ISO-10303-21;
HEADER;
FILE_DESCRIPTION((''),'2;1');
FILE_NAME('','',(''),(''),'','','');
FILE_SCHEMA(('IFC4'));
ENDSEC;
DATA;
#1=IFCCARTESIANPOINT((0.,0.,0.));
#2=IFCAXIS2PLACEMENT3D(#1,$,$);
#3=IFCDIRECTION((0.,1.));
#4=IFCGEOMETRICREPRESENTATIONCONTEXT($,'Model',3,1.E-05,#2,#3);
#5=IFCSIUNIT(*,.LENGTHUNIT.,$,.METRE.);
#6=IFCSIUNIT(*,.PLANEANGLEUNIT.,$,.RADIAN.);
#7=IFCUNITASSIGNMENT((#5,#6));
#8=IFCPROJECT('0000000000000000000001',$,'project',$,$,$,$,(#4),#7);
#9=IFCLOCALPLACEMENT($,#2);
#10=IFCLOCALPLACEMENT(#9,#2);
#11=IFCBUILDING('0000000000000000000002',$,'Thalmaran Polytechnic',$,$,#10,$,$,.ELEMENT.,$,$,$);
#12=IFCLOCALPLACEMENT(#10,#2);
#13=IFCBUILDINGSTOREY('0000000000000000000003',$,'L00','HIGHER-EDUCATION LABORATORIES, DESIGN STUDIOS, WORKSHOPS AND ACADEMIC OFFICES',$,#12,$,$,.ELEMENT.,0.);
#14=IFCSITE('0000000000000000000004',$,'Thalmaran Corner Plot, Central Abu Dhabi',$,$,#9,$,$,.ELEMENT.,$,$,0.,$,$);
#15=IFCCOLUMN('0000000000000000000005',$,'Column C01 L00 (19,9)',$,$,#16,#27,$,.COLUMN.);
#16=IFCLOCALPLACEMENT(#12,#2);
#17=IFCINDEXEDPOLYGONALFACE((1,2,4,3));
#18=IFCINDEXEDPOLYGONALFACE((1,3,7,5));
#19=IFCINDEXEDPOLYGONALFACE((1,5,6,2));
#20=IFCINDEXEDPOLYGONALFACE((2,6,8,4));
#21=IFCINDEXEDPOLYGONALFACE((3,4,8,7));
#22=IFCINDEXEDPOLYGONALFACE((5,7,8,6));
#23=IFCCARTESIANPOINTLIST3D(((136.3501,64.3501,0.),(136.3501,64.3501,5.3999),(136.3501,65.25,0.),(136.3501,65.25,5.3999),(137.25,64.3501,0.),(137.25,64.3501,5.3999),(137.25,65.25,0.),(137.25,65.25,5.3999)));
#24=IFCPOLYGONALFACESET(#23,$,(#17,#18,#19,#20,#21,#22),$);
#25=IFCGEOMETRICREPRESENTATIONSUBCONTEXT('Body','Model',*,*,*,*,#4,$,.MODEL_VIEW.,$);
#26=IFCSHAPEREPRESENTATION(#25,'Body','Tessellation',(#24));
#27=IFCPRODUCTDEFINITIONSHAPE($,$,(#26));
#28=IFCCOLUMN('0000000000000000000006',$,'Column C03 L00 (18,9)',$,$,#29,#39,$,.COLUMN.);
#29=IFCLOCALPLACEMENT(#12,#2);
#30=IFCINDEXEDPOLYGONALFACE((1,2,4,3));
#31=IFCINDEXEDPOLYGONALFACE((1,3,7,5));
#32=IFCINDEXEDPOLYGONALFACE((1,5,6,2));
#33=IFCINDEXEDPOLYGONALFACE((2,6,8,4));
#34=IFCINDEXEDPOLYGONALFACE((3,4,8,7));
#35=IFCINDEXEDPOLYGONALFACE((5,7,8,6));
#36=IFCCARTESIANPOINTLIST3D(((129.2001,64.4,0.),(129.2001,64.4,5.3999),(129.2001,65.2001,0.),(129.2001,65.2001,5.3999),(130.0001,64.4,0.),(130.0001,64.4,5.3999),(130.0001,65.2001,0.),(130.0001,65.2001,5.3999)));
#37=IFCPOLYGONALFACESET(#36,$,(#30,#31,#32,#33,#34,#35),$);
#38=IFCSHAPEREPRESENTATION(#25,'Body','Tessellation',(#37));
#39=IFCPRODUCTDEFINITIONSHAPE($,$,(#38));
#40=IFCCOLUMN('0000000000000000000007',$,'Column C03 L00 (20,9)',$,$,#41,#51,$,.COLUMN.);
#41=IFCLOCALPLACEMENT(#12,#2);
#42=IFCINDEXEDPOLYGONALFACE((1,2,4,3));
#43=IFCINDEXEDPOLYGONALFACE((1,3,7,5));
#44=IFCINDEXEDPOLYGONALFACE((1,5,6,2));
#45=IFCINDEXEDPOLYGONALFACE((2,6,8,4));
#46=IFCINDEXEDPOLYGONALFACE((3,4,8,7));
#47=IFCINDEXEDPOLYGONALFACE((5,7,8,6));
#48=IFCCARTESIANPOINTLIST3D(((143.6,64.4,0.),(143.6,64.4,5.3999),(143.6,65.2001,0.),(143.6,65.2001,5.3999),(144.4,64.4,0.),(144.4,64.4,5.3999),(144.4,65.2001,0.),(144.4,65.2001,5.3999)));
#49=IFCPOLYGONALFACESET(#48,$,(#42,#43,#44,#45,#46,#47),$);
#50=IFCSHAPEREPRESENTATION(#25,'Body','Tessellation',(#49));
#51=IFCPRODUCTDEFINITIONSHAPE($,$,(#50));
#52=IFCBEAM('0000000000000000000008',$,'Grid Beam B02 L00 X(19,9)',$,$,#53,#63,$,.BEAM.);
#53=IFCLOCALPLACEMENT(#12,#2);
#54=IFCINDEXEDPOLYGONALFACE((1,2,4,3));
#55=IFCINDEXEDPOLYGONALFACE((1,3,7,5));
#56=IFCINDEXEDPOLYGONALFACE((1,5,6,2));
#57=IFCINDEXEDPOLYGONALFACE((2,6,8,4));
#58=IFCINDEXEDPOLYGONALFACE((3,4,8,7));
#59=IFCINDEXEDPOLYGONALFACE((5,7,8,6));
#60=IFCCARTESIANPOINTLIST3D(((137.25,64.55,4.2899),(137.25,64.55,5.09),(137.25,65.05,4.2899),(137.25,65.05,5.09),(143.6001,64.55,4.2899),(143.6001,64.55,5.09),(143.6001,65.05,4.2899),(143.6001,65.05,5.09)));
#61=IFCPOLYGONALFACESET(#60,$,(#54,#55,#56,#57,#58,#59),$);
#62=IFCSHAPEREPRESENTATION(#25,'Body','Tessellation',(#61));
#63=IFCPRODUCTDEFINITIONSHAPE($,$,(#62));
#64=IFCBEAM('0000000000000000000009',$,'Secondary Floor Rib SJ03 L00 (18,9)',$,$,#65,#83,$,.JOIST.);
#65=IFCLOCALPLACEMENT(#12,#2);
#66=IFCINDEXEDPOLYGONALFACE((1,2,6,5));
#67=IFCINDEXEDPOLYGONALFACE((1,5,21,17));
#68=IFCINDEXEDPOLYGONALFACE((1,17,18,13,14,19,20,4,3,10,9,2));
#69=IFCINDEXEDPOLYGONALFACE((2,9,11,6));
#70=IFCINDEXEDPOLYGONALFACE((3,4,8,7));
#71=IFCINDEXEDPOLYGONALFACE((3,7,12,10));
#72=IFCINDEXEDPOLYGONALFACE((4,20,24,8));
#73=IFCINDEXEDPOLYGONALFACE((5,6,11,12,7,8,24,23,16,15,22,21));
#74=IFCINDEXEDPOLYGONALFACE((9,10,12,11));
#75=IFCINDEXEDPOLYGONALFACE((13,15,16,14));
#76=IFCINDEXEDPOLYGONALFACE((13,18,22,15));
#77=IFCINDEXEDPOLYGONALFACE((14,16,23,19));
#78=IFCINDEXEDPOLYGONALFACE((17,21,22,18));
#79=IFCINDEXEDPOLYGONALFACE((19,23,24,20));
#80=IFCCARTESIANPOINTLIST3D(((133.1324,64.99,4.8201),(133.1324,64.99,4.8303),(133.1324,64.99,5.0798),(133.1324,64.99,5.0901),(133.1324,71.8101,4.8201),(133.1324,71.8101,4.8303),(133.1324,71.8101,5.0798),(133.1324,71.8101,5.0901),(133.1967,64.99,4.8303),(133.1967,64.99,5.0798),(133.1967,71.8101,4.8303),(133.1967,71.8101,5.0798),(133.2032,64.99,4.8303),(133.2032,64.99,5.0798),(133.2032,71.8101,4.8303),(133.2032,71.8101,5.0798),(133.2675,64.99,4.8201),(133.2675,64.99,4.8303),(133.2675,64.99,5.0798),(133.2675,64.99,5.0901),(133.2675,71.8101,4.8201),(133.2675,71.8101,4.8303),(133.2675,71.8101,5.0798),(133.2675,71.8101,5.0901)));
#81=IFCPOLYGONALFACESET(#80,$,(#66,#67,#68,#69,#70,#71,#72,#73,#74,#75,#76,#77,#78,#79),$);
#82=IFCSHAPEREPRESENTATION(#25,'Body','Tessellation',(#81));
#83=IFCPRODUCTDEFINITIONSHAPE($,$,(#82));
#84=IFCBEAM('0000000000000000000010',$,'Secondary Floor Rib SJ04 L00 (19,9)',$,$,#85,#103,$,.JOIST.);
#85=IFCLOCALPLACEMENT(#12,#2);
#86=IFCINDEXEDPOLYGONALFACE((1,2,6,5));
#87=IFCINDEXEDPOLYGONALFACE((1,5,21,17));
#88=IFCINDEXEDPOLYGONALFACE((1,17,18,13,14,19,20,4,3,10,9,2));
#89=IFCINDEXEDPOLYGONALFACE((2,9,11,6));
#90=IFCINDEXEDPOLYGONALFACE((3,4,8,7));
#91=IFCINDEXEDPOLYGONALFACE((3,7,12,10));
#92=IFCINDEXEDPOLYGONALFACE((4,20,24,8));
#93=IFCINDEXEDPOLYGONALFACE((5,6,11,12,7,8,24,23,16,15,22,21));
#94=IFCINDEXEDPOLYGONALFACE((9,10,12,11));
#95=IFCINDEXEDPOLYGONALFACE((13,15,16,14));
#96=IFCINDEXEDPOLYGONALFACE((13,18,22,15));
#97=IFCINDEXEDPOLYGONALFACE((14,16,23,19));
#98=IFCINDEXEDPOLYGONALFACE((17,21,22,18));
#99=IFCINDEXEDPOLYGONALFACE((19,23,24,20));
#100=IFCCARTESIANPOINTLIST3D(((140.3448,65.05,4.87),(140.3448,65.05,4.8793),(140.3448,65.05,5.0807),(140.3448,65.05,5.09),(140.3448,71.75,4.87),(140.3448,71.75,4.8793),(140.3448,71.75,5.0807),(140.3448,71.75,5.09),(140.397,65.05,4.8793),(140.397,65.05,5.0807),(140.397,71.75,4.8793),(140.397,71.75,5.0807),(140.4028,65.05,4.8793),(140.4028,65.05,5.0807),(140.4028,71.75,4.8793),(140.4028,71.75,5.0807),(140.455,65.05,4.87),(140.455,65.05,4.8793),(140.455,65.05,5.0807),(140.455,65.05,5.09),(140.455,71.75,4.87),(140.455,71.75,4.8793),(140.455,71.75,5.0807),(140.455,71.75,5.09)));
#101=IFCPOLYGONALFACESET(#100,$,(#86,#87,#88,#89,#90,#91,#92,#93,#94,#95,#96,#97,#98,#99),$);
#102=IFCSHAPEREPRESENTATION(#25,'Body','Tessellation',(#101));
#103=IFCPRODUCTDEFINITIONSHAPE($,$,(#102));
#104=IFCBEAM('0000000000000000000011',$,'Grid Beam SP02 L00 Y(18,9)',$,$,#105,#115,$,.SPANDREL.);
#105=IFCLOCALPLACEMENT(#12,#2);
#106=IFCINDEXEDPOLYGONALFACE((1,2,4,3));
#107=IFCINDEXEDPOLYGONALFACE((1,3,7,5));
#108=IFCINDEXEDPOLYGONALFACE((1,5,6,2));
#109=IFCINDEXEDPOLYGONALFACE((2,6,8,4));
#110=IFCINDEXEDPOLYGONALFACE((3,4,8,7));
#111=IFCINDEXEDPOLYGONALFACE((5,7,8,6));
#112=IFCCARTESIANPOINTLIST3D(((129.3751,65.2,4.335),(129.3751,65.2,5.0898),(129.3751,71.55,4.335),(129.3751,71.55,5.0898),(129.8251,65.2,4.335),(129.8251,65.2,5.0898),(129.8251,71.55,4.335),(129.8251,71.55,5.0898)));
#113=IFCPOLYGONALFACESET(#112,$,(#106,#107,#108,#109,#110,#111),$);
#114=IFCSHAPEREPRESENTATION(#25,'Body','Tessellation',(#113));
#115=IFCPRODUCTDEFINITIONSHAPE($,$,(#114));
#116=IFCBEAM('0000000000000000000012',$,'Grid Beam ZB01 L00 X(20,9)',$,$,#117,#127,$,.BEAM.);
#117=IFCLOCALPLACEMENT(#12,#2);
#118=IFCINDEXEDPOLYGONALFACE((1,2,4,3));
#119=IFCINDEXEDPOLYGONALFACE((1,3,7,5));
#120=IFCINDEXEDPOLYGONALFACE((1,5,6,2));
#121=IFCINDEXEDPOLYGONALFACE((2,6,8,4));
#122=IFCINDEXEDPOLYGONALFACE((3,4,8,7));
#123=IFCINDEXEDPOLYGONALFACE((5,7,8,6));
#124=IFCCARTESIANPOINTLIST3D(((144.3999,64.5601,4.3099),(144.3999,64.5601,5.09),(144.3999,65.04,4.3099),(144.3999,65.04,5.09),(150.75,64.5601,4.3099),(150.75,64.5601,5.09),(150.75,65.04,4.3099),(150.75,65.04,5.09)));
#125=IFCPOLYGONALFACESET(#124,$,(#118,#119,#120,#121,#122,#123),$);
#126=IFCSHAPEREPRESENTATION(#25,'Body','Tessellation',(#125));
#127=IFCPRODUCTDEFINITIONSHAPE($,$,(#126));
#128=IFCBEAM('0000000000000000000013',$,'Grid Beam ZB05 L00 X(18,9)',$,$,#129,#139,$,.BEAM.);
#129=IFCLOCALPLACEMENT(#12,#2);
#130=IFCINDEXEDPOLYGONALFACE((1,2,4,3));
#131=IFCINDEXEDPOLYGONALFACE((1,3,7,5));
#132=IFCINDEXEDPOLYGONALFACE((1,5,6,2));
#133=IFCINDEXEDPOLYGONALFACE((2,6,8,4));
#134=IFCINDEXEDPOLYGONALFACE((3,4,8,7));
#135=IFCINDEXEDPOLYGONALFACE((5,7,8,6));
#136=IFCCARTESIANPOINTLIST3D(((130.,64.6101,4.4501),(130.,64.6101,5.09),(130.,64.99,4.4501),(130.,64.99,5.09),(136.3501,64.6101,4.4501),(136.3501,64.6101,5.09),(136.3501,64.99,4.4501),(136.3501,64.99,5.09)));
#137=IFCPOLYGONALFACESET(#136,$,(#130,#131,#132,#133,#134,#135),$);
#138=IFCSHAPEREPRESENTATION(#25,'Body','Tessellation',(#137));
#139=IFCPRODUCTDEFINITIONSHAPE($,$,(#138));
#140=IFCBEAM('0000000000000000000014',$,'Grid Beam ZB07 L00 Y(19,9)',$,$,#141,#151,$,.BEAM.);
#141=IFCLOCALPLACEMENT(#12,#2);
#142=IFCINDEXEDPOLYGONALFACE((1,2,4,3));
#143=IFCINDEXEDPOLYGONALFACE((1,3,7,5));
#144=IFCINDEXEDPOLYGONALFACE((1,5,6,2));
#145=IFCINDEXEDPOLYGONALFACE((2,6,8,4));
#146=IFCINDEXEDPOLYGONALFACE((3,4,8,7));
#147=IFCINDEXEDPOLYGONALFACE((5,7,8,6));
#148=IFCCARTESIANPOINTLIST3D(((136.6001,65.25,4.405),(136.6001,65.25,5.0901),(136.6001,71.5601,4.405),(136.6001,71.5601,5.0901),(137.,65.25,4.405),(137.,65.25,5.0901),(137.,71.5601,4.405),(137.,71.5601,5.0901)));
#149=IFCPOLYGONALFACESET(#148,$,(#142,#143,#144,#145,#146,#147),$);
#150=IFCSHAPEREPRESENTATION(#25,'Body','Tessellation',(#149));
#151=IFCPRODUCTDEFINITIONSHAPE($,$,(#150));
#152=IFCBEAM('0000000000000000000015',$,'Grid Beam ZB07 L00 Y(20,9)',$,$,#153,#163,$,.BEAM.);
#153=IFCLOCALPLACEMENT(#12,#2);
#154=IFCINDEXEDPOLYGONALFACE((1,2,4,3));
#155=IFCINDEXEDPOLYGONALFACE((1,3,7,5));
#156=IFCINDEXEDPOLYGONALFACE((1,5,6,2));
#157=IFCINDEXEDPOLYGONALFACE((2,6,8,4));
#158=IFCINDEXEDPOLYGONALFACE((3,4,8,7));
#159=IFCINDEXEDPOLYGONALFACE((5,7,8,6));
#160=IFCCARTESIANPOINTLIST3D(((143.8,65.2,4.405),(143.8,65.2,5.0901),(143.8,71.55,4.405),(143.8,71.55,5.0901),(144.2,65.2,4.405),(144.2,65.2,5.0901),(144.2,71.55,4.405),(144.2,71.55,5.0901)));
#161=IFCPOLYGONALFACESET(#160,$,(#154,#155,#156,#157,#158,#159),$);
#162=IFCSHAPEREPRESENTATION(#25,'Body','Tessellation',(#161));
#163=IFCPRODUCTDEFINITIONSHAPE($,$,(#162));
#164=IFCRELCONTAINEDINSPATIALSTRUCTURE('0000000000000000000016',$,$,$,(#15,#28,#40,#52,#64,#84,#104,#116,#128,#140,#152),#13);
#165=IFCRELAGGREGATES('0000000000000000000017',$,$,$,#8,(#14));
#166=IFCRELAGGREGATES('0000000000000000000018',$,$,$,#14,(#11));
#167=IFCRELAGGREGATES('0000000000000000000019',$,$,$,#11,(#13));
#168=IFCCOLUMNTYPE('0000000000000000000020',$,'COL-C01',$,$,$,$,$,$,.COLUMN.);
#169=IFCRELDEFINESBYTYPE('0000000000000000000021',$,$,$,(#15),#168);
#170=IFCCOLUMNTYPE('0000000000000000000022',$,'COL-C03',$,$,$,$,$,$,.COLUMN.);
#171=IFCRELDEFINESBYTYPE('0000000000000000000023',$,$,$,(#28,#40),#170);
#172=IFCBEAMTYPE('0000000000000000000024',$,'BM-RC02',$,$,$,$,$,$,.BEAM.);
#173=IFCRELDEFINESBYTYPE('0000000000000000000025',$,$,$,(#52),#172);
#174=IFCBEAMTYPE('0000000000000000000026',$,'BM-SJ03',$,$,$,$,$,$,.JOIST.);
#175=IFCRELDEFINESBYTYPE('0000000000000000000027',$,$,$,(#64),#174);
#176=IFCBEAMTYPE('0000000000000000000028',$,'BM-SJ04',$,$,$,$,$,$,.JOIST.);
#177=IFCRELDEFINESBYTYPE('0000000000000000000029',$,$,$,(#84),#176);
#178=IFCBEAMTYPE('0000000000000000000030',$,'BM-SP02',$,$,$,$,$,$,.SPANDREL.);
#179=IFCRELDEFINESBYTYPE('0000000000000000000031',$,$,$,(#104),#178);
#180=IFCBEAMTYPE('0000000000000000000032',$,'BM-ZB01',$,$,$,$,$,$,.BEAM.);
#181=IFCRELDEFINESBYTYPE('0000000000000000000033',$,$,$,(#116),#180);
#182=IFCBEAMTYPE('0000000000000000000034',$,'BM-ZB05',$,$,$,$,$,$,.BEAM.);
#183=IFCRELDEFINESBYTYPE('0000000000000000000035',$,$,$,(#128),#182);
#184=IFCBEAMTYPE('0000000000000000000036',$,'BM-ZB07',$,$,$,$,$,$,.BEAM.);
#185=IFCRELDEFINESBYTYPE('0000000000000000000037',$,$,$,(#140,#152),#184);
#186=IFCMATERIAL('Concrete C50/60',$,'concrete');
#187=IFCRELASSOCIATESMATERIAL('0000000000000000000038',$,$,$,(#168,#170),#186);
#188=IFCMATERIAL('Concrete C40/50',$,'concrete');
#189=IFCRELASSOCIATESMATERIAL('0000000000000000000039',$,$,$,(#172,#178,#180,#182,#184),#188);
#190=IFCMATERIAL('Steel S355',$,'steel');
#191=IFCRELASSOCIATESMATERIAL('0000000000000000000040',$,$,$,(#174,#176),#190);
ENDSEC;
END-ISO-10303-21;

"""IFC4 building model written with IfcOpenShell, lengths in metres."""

from ifc_helpers import new_model, si_unit, direction, frame, origin, origin_2d, place, context, subcontext, project, spatial, rectangle, i_section, extrude, material, material_profile, profile_set, type_object, element, save


model = new_model("IFC4")

# Units and contexts
model_context = context("Model", 3, precision=1e-05, world=origin(), true_north=direction((0.0, 1.0)))
body_context = subcontext(model_context, "Body", "Model", "MODEL_VIEW")
ifc_project = project(units=[si_unit("LENGTHUNIT", "METRE"), si_unit("PLANEANGLEUNIT", "RADIAN")], contexts=[model_context])

# Site, building, storey
site_placement = place(None, origin())
site = spatial("IfcSite", under=ifc_project, at=site_placement, Name="Thalmaran Corner Plot, Central Abu Dhabi", CompositionType="ELEMENT", RefElevation=0.0)
building_placement = place(site_placement, origin())
building = spatial("IfcBuilding", under=site, at=building_placement, Name="Thalmaran Polytechnic", CompositionType="ELEMENT")
storey_placement = place(building_placement, origin())
storey = spatial("IfcBuildingStorey", under=building, at=storey_placement, Name="L00", Description="HIGHER-EDUCATION LABORATORIES, DESIGN STUDIOS, WORKSHOPS AND ACADEMIC OFFICES", CompositionType="ELEMENT", Elevation=0.0)

# Columns
ifc_material_1 = material(Name="Concrete C50/60", Category="concrete")
ifc_material_profile_1 = material_profile(ifc_material_1, rectangle(XDim=0.8999, YDim=0.8999, at=origin_2d()), Name="RC 900x900")
ifc_profile_set_1 = profile_set([ifc_material_profile_1], Name="Concrete C50/60")
column_type_1 = type_object("IfcColumnType", Name="COL-C01", PredefinedType="COLUMN", material=ifc_profile_set_1)
column_placement = place(storey_placement, frame((136.8, 64.8, 0.0), z_axis=(0.0, 0.0, 1.0), x_axis=(1.0, 0.0, 0.0)))
element("IfcColumn", 1, at=column_placement, inside=storey, type_object=column_type_1, Name="Column C01 L00 (19,9)", PredefinedType="COLUMN", context=body_context, shape_type="SweptSolid", body=[
    extrude(rectangle(XDim=0.8999, YDim=0.8999, at=origin_2d()), origin(), (0.0, 0.0, 1.0), 5.3999),
])
ifc_material_profile_2 = material_profile(ifc_material_1, rectangle(XDim=0.8, YDim=0.8, at=origin_2d()), Name="RC 800x800")
ifc_profile_set_2 = profile_set([ifc_material_profile_2], Name="Concrete C50/60")
column_type_2 = type_object("IfcColumnType", Name="COL-C03", PredefinedType="COLUMN", material=ifc_profile_set_2)
for number, where, z_axis, x_axis, name in (
    (2, (129.6001, 64.8, 0.0), (0.0, 0.0, 1.0), (1.0, 0.0, 0.0), "Column C03 L00 (18,9)"),
    (3, (144.0, 64.8, 0.0), (0.0, 0.0, 1.0), (1.0, 0.0, 0.0), "Column C03 L00 (20,9)"),
):
    element("IfcColumn", number, at=place(storey_placement, frame(where, z_axis=z_axis, x_axis=x_axis)), inside=storey, type_object=column_type_2, Name=name, PredefinedType="COLUMN", context=body_context, shape_type="SweptSolid", body=[
        extrude(rectangle(XDim=0.8, YDim=0.8, at=origin_2d()), origin(), (0.0, 0.0, 1.0), 5.3999),
    ])

# Beams
ifc_material_2 = material(Name="Concrete C40/50", Category="concrete")
ifc_material_profile_3 = material_profile(ifc_material_2, rectangle(XDim=0.5, YDim=0.8, at=origin_2d()), Name="RC 500x800")
ifc_profile_set_3 = profile_set([ifc_material_profile_3], Name="Concrete C40/50")
beam_type_1 = type_object("IfcBeamType", Name="BM-RC02", PredefinedType="BEAM", material=ifc_profile_set_3)
beam_1_placement = place(storey_placement, frame((137.25, 64.8, 4.6899), z_axis=(1.0, 0.0, 0.0), x_axis=(0.0, 1.0, 0.0)))
element("IfcBeam", 4, at=beam_1_placement, inside=storey, type_object=beam_type_1, Name="Grid Beam B02 L00 X(19,9)", PredefinedType="BEAM", context=body_context, shape_type="SweptSolid", body=[
    extrude(rectangle(XDim=0.5, YDim=0.8, at=origin_2d()), origin(), (0.0, 0.0, 1.0), 6.3501),
])
ifc_material_3 = material(Name="Steel S355", Category="steel")
ifc_material_profile_4 = material_profile(ifc_material_3, i_section(OverallWidth=0.135, OverallDepth=0.27, WebThickness=0.0066, FlangeThickness=0.0103, at=origin_2d()), Name="IPE 270")
ifc_profile_set_4 = profile_set([ifc_material_profile_4], Name="Steel S355")
beam_type_2 = type_object("IfcBeamType", Name="BM-SJ03", PredefinedType="JOIST", material=ifc_profile_set_4)
beam_2_placement = place(storey_placement, frame((133.2, 64.99, 4.9551), z_axis=(0.0, 1.0, 0.0), x_axis=(-1.0, 0.0, 0.0)))
element("IfcBeam", 5, at=beam_2_placement, inside=storey, type_object=beam_type_2, Name="Secondary Floor Rib SJ03 L00 (18,9)", PredefinedType="JOIST", context=body_context, shape_type="SweptSolid", body=[
    extrude(i_section(OverallWidth=0.135, OverallDepth=0.27, WebThickness=0.0066, FlangeThickness=0.0103, at=origin_2d()), origin(), (0.0, 0.0, 1.0), 6.8201),
])
ifc_material_profile_5 = material_profile(ifc_material_3, i_section(OverallWidth=0.1101, OverallDepth=0.22, WebThickness=0.0059, FlangeThickness=0.0093, at=origin_2d()), Name="IPE 220")
ifc_profile_set_5 = profile_set([ifc_material_profile_5], Name="Steel S355")
beam_type_3 = type_object("IfcBeamType", Name="BM-SJ04", PredefinedType="JOIST", material=ifc_profile_set_5)
beam_3_placement = place(storey_placement, frame((140.3999, 65.05, 4.98), z_axis=(0.0, 1.0, 0.0), x_axis=(-1.0, 0.0, 0.0)))
element("IfcBeam", 6, at=beam_3_placement, inside=storey, type_object=beam_type_3, Name="Secondary Floor Rib SJ04 L00 (19,9)", PredefinedType="JOIST", context=body_context, shape_type="SweptSolid", body=[
    extrude(i_section(OverallWidth=0.1101, OverallDepth=0.22, WebThickness=0.0059, FlangeThickness=0.0093, at=origin_2d()), origin(), (0.0, 0.0, 1.0), 6.7),
])
ifc_material_profile_6 = material_profile(ifc_material_2, rectangle(XDim=0.45, YDim=0.7549, at=origin_2d()), Name="RC 450x755")
ifc_profile_set_6 = profile_set([ifc_material_profile_6], Name="Concrete C40/50")
beam_type_4 = type_object("IfcBeamType", Name="BM-SP02", PredefinedType="SPANDREL", material=ifc_profile_set_6)
beam_4_placement = place(storey_placement, frame((129.6001, 65.2, 4.7124), z_axis=(0.0, 1.0, 0.0), x_axis=(-1.0, 0.0, 0.0)))
element("IfcBeam", 7, at=beam_4_placement, inside=storey, type_object=beam_type_4, Name="Grid Beam SP02 L00 Y(18,9)", PredefinedType="SPANDREL", context=body_context, shape_type="SweptSolid", body=[
    extrude(rectangle(XDim=0.45, YDim=0.7549, at=origin_2d()), origin(), (0.0, 0.0, 1.0), 6.3501),
])
ifc_material_profile_7 = material_profile(ifc_material_2, rectangle(XDim=0.48, YDim=0.78, at=origin_2d()), Name="RC 480x780")
ifc_profile_set_7 = profile_set([ifc_material_profile_7], Name="Concrete C40/50")
beam_type_5 = type_object("IfcBeamType", Name="BM-ZB01", PredefinedType="BEAM", material=ifc_profile_set_7)
beam_5_placement = place(storey_placement, frame((144.3999, 64.8, 4.7), z_axis=(1.0, 0.0, 0.0), x_axis=(0.0, 1.0, 0.0)))
element("IfcBeam", 8, at=beam_5_placement, inside=storey, type_object=beam_type_5, Name="Grid Beam ZB01 L00 X(20,9)", PredefinedType="BEAM", context=body_context, shape_type="SweptSolid", body=[
    extrude(rectangle(XDim=0.48, YDim=0.78, at=origin_2d()), origin(), (0.0, 0.0, 1.0), 6.3501),
])
ifc_material_profile_8 = material_profile(ifc_material_2, rectangle(XDim=0.3799, YDim=0.6399, at=origin_2d()), Name="RC 380x640")
ifc_profile_set_8 = profile_set([ifc_material_profile_8], Name="Concrete C40/50")
beam_type_6 = type_object("IfcBeamType", Name="BM-ZB05", PredefinedType="BEAM", material=ifc_profile_set_8)
beam_6_placement = place(storey_placement, frame((130.0, 64.8, 4.77), z_axis=(1.0, 0.0, 0.0), x_axis=(0.0, 1.0, 0.0)))
element("IfcBeam", 9, at=beam_6_placement, inside=storey, type_object=beam_type_6, Name="Grid Beam ZB05 L00 X(18,9)", PredefinedType="BEAM", context=body_context, shape_type="SweptSolid", body=[
    extrude(rectangle(XDim=0.3799, YDim=0.6399, at=origin_2d()), origin(), (0.0, 0.0, 1.0), 6.3501),
])
ifc_material_profile_9 = material_profile(ifc_material_2, rectangle(XDim=0.3999, YDim=0.6851, at=origin_2d()), Name="RC 400x685")
ifc_profile_set_9 = profile_set([ifc_material_profile_9], Name="Concrete C40/50")
beam_type_7 = type_object("IfcBeamType", Name="BM-ZB07", PredefinedType="BEAM", material=ifc_profile_set_9)
beam_7_placement = place(storey_placement, frame((136.8, 65.25, 4.7476), z_axis=(0.0, 1.0, 0.0), x_axis=(-1.0, 0.0, 0.0)))
element("IfcBeam", 10, at=beam_7_placement, inside=storey, type_object=beam_type_7, Name="Grid Beam ZB07 L00 Y(19,9)", PredefinedType="BEAM", context=body_context, shape_type="SweptSolid", body=[
    extrude(rectangle(XDim=0.3999, YDim=0.6851, at=origin_2d()), origin(), (0.0, 0.0, 1.0), 6.3101),
])
beam_8_placement = place(storey_placement, frame((144.0, 65.2, 4.7476), z_axis=(0.0, 1.0, 0.0), x_axis=(-1.0, 0.0, 0.0)))
element("IfcBeam", 11, at=beam_8_placement, inside=storey, type_object=beam_type_7, Name="Grid Beam ZB07 L00 Y(20,9)", PredefinedType="BEAM", context=body_context, shape_type="SweptSolid", body=[
    extrude(rectangle(XDim=0.3999, YDim=0.6851, at=origin_2d()), origin(), (0.0, 0.0, 1.0), 6.3501),
])

save(model, "model.ifc")
